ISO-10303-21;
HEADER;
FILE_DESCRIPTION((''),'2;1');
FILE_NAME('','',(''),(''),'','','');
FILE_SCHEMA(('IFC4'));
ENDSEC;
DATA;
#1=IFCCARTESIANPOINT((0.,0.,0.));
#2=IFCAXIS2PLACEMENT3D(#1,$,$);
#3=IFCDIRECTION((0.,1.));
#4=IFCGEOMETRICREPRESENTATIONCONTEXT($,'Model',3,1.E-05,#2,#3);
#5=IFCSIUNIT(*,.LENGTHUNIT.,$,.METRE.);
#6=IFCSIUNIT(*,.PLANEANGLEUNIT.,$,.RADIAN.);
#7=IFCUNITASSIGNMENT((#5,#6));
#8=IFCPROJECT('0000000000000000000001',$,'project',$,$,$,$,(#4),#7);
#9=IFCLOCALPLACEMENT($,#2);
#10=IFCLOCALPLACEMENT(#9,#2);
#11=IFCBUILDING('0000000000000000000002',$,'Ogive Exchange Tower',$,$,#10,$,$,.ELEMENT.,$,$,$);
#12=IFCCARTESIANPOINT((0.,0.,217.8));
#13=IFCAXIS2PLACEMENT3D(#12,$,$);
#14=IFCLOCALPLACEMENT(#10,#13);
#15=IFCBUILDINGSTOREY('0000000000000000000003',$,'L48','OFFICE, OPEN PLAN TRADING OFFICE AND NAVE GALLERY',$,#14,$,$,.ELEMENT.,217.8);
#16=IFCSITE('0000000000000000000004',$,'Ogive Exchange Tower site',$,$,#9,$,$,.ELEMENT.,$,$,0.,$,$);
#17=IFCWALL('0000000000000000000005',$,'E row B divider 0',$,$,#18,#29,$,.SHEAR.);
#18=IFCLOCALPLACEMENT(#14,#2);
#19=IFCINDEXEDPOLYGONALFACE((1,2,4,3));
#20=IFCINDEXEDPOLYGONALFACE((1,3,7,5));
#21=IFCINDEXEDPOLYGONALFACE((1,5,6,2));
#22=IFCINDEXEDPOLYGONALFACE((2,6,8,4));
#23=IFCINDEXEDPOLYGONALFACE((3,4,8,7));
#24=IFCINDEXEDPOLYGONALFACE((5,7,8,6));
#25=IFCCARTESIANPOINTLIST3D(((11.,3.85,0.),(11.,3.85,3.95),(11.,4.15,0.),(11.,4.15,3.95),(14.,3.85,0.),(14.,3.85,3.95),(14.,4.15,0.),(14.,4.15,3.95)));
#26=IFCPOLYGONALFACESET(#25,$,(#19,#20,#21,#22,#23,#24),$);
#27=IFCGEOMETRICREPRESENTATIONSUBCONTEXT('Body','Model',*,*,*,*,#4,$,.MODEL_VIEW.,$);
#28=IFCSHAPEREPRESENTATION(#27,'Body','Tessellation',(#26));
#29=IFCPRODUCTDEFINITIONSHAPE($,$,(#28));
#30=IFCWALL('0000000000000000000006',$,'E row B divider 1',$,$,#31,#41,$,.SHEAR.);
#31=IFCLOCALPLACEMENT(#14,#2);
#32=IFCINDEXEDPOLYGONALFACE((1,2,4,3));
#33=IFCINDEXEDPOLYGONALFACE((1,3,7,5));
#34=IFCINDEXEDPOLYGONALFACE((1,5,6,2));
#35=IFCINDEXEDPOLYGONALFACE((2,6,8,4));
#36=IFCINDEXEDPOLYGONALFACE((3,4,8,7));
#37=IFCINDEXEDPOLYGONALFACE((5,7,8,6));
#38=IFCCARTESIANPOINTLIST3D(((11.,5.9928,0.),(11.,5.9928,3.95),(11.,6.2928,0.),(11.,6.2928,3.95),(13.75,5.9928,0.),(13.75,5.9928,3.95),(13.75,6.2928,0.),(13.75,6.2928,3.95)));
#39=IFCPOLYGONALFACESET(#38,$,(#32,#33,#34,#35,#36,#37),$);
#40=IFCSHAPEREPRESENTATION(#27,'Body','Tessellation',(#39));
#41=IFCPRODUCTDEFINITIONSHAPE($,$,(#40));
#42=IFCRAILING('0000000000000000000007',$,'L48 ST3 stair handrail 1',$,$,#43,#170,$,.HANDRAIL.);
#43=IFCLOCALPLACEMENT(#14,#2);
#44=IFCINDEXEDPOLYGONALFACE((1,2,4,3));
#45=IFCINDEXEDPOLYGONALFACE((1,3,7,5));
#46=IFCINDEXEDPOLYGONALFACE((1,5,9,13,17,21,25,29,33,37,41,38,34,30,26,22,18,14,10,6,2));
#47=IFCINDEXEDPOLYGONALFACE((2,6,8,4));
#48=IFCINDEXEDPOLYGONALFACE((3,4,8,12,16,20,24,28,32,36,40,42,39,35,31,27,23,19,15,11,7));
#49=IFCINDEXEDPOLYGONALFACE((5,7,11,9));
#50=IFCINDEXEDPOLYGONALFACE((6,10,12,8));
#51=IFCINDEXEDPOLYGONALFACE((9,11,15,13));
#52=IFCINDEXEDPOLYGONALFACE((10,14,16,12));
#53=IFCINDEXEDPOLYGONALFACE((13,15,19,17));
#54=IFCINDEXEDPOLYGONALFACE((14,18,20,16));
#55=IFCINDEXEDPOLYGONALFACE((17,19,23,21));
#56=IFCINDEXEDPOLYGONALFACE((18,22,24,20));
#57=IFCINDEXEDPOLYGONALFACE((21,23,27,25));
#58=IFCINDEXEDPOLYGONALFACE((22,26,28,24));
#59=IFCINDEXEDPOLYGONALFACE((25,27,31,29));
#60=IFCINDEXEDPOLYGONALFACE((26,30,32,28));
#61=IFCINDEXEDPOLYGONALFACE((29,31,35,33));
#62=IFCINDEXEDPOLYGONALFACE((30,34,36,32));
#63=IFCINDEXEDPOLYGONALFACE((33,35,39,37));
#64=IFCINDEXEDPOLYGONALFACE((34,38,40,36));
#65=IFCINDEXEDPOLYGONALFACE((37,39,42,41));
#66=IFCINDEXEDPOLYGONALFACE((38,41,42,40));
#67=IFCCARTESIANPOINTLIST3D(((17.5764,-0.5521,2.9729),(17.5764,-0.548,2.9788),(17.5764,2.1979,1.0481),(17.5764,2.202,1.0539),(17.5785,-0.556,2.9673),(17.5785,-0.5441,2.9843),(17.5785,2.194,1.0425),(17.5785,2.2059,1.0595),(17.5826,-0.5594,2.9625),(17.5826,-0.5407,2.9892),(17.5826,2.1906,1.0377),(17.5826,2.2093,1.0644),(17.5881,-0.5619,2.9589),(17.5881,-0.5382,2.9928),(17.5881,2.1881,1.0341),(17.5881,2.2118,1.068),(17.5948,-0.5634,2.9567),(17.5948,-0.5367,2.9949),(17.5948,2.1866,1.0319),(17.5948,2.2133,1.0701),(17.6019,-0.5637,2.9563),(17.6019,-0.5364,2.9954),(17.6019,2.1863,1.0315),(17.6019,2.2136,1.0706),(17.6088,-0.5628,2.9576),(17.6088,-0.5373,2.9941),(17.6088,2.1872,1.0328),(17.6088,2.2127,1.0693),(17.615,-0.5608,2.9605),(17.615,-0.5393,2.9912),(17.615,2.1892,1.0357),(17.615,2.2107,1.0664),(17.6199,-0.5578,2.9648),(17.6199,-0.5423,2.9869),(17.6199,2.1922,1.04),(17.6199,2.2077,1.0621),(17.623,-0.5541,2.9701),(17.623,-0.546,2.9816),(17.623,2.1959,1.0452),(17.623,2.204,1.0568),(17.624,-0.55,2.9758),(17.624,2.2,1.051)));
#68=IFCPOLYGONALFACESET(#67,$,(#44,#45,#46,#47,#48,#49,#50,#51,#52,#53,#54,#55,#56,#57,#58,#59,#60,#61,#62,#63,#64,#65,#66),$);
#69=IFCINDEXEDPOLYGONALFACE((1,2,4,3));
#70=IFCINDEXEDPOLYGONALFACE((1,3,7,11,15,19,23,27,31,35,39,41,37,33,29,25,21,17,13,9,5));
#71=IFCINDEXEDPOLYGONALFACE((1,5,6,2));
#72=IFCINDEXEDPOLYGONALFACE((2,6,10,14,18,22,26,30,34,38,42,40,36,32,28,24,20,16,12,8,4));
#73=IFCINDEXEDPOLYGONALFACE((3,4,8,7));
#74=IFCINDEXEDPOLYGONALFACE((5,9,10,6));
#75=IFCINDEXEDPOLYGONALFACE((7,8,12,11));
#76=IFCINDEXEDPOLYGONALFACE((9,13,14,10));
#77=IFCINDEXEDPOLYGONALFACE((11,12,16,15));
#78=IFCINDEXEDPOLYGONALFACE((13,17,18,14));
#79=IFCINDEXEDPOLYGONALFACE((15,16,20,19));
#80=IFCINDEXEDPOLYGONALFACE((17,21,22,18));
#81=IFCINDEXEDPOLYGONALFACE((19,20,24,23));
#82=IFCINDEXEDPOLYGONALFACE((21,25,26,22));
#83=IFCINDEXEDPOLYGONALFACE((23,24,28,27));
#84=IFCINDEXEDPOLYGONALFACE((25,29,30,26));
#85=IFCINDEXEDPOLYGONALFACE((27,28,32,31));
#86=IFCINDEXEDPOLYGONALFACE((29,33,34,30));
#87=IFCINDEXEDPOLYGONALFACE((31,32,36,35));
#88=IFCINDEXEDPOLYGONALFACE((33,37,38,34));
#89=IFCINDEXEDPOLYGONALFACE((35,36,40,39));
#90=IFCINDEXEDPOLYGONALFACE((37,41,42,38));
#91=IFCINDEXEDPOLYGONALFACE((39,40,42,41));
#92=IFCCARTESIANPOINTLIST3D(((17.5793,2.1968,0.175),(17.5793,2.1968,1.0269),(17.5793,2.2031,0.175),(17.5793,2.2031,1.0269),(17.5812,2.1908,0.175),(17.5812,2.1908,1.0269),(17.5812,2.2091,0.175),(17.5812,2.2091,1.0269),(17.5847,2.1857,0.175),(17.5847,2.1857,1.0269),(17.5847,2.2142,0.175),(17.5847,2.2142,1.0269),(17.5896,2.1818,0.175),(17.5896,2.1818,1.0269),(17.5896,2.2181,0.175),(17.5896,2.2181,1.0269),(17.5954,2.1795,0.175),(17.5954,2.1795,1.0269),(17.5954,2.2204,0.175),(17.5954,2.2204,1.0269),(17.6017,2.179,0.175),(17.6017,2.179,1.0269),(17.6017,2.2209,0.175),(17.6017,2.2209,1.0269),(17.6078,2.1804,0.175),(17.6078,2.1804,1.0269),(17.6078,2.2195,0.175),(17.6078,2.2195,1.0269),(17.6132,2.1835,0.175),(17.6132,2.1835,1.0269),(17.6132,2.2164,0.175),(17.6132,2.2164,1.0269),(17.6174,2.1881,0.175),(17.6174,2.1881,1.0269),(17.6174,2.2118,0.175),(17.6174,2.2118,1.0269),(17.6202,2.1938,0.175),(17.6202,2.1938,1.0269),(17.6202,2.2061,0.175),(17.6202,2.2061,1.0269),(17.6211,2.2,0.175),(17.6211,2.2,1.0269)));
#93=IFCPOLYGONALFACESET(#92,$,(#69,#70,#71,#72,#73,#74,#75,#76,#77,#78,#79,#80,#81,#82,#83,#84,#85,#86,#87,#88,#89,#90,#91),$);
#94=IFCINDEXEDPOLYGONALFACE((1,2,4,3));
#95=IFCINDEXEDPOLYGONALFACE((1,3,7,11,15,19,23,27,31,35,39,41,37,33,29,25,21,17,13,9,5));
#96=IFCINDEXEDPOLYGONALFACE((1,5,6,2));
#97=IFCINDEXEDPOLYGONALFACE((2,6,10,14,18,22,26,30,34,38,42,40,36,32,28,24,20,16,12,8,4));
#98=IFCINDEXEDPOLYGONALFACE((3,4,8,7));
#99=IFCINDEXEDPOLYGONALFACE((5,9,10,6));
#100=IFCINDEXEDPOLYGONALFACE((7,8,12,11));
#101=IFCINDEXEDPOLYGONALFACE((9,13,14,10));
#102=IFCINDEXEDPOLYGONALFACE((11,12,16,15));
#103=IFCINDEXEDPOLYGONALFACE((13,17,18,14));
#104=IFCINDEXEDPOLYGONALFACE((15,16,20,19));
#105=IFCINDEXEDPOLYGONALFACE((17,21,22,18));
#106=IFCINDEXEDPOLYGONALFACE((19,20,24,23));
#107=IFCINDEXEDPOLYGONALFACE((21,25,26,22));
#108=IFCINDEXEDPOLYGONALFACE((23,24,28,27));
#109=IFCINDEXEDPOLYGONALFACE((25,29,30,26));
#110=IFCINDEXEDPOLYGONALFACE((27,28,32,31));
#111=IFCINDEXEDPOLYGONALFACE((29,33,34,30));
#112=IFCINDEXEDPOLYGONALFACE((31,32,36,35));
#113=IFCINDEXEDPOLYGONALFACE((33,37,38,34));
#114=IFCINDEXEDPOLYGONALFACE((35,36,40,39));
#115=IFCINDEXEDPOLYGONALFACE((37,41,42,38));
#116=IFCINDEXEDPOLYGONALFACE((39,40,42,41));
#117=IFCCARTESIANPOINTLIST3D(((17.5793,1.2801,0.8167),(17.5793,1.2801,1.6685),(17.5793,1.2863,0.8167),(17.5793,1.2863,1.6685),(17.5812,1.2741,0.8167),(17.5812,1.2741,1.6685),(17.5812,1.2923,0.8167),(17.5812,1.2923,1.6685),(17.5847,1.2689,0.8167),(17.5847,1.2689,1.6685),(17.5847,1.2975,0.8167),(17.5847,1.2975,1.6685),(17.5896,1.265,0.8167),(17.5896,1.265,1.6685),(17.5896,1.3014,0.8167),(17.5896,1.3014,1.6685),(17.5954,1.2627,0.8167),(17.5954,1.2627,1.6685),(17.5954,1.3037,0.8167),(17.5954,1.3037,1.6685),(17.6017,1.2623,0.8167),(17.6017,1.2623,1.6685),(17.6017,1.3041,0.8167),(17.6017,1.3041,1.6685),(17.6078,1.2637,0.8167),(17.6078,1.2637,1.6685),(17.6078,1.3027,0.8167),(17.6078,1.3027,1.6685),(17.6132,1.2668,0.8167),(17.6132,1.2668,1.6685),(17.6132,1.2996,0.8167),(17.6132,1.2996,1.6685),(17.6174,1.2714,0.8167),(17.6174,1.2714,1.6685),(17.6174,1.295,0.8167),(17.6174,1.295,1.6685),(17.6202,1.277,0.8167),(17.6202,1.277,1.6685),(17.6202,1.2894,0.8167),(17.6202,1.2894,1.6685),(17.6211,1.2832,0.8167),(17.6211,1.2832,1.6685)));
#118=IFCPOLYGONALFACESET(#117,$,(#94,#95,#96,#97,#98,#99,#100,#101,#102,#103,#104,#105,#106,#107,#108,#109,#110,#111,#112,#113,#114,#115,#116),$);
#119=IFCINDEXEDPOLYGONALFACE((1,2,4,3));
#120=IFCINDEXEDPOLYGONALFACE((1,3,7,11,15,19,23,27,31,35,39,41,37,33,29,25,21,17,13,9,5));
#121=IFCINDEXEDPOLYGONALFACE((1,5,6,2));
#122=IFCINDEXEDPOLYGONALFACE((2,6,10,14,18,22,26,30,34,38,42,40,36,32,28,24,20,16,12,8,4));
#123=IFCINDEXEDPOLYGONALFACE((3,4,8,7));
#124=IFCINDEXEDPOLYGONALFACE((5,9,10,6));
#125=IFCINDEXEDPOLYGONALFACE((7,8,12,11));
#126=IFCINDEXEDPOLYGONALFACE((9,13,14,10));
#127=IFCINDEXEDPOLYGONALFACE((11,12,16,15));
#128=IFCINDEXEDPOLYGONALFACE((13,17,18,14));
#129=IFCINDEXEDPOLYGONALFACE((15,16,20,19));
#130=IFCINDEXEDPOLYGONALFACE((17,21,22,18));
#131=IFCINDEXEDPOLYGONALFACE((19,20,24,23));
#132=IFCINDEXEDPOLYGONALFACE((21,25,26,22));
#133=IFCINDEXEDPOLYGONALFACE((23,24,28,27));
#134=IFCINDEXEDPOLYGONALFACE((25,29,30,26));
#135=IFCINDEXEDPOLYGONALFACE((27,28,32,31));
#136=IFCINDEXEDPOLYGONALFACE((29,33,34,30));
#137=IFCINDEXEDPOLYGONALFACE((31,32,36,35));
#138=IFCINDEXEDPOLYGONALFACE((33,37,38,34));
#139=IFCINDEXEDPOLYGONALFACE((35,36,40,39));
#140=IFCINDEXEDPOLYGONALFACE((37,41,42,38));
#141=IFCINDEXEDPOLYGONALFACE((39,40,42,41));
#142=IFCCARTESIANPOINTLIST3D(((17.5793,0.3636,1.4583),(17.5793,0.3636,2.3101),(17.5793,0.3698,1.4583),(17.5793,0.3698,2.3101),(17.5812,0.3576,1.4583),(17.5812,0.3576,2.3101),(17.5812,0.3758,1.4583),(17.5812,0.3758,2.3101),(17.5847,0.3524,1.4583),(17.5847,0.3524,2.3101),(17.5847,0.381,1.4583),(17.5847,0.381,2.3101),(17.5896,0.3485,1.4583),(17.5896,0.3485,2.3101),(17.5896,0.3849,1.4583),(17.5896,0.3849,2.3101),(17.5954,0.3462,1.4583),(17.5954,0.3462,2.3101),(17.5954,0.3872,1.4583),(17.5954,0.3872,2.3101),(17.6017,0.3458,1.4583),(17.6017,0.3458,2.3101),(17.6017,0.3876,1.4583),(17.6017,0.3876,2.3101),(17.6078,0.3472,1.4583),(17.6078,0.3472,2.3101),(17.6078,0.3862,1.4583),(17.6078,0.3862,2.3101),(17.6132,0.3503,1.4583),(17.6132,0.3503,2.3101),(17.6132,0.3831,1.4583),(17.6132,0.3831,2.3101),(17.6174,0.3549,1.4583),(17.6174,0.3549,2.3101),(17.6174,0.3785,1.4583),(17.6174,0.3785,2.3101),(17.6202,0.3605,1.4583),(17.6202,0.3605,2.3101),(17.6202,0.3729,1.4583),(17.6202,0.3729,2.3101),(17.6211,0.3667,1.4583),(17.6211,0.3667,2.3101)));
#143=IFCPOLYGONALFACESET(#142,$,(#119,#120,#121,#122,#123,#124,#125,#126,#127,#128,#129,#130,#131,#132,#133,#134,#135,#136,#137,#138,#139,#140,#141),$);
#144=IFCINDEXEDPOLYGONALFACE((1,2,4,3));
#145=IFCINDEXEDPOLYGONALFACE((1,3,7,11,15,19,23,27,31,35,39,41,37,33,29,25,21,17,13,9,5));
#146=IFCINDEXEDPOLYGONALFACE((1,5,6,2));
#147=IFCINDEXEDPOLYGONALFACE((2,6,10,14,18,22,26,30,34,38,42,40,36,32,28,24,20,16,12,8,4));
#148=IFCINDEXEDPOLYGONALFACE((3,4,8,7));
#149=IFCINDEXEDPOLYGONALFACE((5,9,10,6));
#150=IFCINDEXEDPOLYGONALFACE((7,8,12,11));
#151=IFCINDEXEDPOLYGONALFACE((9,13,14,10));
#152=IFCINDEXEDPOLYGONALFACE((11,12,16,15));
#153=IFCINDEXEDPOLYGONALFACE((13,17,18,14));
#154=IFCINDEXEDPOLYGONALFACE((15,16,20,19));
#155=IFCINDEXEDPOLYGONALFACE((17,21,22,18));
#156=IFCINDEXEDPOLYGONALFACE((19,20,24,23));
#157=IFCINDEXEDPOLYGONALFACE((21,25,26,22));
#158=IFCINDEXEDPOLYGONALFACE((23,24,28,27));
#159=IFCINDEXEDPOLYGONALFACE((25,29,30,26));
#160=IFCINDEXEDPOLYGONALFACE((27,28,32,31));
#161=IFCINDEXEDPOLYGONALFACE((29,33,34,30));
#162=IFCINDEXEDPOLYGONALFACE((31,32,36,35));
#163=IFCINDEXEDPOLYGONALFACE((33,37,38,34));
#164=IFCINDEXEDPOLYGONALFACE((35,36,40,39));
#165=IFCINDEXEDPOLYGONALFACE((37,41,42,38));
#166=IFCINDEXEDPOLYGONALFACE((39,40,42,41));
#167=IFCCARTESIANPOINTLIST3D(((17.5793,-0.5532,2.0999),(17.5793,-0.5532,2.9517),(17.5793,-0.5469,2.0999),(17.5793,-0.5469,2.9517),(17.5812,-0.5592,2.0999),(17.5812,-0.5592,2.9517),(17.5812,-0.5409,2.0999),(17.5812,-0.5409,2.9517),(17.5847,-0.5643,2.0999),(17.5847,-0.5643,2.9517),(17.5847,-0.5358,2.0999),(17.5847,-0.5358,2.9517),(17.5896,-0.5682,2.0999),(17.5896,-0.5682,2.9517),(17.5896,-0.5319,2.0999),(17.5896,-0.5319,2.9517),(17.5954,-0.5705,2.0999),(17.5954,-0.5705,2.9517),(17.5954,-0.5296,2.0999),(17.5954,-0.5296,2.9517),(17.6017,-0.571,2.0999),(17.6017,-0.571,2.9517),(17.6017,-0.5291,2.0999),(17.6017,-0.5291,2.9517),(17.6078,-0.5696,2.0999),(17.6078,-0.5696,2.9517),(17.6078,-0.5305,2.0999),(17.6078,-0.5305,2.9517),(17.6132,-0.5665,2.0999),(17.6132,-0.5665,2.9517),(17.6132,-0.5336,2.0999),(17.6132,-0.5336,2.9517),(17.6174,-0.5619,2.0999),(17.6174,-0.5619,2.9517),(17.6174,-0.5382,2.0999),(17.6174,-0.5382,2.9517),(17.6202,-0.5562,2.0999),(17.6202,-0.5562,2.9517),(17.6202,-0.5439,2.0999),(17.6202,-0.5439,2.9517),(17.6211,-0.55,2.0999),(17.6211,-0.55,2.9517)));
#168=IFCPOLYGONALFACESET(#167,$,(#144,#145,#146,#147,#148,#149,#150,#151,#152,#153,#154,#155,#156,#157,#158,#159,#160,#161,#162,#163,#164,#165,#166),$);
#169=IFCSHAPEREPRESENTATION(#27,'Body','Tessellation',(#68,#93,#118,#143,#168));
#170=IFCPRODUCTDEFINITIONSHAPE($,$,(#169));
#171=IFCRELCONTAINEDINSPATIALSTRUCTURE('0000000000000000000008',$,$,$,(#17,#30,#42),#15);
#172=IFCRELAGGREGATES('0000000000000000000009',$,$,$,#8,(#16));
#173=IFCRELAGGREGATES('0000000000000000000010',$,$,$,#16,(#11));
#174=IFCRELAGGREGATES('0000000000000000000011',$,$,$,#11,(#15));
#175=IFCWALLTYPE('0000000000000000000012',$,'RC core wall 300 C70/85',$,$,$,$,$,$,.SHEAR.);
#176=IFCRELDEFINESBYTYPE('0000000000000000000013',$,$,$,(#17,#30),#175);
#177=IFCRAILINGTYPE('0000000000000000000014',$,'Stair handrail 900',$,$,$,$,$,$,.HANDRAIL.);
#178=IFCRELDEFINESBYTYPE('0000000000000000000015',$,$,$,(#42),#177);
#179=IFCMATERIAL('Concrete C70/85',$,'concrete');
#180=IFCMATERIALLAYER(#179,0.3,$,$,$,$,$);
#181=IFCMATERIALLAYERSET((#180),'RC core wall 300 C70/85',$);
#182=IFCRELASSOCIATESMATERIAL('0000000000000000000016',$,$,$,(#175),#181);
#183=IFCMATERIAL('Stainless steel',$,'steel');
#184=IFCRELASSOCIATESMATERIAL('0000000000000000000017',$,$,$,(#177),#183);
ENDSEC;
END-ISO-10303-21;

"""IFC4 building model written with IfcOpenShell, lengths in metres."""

from ifc_helpers import new_model, si_unit, direction, frame, frame_2d, origin, origin_2d, place, context, subcontext, project, spatial, rectangle, circle, extrude, material, layer, layer_set, type_object, element, save


model = new_model("IFC4")

# Units and contexts
model_context = context("Model", 3, precision=1e-05, world=origin(), true_north=direction((0.0, 1.0)))
body_context = subcontext(model_context, "Body", "Model", "MODEL_VIEW")
ifc_project = project(units=[si_unit("LENGTHUNIT", "METRE"), si_unit("PLANEANGLEUNIT", "RADIAN")], contexts=[model_context])

# Site, building, storey
site_placement = place(None, origin())
site = spatial("IfcSite", under=ifc_project, at=site_placement, Name="Ogive Exchange Tower site", CompositionType="ELEMENT", RefElevation=0.0)
building_placement = place(site_placement, origin())
building = spatial("IfcBuilding", under=site, at=building_placement, Name="Ogive Exchange Tower", CompositionType="ELEMENT")
storey_placement = place(building_placement, frame((0.0, 0.0, 217.8)))
storey = spatial("IfcBuildingStorey", under=building, at=storey_placement, Name="L48", Description="OFFICE, OPEN PLAN TRADING OFFICE AND NAVE GALLERY", CompositionType="ELEMENT", Elevation=217.8)

# Shared definitions
ifc_material_1 = material(Name="Concrete C70/85", Category="concrete")

# Shared definitions
ifc_material_2 = material(Name="Stainless steel", Category="steel")

# Walls
ifc_layer_1 = layer(ifc_material_1, 0.3)
ifc_layer_set_1 = layer_set([ifc_layer_1], Name="RC core wall 300 C70/85")
wall_type_1 = type_object("IfcWallType", Name="RC core wall 300 C70/85", PredefinedType="SHEAR", material=ifc_layer_set_1)
wall_1_placement = place(storey_placement, frame((11.0, 4.0, 0.0), z_axis=(0.0, 0.0, 1.0), x_axis=(1.0, 0.0, 0.0)))
element("IfcWall", 1, at=wall_1_placement, inside=storey, type_object=wall_type_1, Name="E row B divider 0", PredefinedType="SHEAR", context=body_context, shape_type="SweptSolid", body=[
    extrude(rectangle(XDim=3.0, YDim=0.3, at=frame_2d((1.5, 0.0))), origin(), (0.0, 0.0, 1.0), 3.95),
])
wall_2_placement = place(storey_placement, frame((11.0, 6.1428, 0.0), z_axis=(0.0, 0.0, 1.0), x_axis=(1.0, 0.0, 0.0)))
element("IfcWall", 2, at=wall_2_placement, inside=storey, type_object=wall_type_1, Name="E row B divider 1", PredefinedType="SHEAR", context=body_context, shape_type="SweptSolid", body=[
    extrude(rectangle(XDim=2.75, YDim=0.3, at=frame_2d((1.375, 0.0))), origin(), (0.0, 0.0, 1.0), 3.95),
])

# Railing
railing_type = type_object("IfcRailingType", Name="Stair handrail 900", PredefinedType="HANDRAIL", material=ifc_material_2)
railing_placement = place(storey_placement, frame((17.6001, 2.2, 0.175)))
element("IfcRailing", 3, at=railing_placement, inside=storey, type_object=railing_type, Name="L48 ST3 stair handrail 1", PredefinedType="HANDRAIL", context=body_context, shape_type="SweptSolid", body=[
    extrude(circle(Radius=0.0239, at=origin_2d()), frame((0.0, 0.0, 0.876), z_axis=(0.0, -0.819259, 0.573423), x_axis=(1.0, 0.0, 0.0)), (0.0, 0.0, 1.0), 3.3567),
    extrude(circle(Radius=0.021, at=origin_2d()), origin(), (0.0, 0.0, 1.0), 0.8518),
    extrude(circle(Radius=0.021, at=origin_2d()), frame((0.0, -0.9167, 0.6416)), (0.0, 0.0, 1.0), 0.8518),
    extrude(circle(Radius=0.021, at=origin_2d()), frame((0.0, -1.8333, 1.2832)), (0.0, 0.0, 1.0), 0.8518),
    extrude(circle(Radius=0.021, at=origin_2d()), frame((0.0, -2.75, 1.9248)), (0.0, 0.0, 1.0), 0.8518),
])

save(model, "model.ifc")
